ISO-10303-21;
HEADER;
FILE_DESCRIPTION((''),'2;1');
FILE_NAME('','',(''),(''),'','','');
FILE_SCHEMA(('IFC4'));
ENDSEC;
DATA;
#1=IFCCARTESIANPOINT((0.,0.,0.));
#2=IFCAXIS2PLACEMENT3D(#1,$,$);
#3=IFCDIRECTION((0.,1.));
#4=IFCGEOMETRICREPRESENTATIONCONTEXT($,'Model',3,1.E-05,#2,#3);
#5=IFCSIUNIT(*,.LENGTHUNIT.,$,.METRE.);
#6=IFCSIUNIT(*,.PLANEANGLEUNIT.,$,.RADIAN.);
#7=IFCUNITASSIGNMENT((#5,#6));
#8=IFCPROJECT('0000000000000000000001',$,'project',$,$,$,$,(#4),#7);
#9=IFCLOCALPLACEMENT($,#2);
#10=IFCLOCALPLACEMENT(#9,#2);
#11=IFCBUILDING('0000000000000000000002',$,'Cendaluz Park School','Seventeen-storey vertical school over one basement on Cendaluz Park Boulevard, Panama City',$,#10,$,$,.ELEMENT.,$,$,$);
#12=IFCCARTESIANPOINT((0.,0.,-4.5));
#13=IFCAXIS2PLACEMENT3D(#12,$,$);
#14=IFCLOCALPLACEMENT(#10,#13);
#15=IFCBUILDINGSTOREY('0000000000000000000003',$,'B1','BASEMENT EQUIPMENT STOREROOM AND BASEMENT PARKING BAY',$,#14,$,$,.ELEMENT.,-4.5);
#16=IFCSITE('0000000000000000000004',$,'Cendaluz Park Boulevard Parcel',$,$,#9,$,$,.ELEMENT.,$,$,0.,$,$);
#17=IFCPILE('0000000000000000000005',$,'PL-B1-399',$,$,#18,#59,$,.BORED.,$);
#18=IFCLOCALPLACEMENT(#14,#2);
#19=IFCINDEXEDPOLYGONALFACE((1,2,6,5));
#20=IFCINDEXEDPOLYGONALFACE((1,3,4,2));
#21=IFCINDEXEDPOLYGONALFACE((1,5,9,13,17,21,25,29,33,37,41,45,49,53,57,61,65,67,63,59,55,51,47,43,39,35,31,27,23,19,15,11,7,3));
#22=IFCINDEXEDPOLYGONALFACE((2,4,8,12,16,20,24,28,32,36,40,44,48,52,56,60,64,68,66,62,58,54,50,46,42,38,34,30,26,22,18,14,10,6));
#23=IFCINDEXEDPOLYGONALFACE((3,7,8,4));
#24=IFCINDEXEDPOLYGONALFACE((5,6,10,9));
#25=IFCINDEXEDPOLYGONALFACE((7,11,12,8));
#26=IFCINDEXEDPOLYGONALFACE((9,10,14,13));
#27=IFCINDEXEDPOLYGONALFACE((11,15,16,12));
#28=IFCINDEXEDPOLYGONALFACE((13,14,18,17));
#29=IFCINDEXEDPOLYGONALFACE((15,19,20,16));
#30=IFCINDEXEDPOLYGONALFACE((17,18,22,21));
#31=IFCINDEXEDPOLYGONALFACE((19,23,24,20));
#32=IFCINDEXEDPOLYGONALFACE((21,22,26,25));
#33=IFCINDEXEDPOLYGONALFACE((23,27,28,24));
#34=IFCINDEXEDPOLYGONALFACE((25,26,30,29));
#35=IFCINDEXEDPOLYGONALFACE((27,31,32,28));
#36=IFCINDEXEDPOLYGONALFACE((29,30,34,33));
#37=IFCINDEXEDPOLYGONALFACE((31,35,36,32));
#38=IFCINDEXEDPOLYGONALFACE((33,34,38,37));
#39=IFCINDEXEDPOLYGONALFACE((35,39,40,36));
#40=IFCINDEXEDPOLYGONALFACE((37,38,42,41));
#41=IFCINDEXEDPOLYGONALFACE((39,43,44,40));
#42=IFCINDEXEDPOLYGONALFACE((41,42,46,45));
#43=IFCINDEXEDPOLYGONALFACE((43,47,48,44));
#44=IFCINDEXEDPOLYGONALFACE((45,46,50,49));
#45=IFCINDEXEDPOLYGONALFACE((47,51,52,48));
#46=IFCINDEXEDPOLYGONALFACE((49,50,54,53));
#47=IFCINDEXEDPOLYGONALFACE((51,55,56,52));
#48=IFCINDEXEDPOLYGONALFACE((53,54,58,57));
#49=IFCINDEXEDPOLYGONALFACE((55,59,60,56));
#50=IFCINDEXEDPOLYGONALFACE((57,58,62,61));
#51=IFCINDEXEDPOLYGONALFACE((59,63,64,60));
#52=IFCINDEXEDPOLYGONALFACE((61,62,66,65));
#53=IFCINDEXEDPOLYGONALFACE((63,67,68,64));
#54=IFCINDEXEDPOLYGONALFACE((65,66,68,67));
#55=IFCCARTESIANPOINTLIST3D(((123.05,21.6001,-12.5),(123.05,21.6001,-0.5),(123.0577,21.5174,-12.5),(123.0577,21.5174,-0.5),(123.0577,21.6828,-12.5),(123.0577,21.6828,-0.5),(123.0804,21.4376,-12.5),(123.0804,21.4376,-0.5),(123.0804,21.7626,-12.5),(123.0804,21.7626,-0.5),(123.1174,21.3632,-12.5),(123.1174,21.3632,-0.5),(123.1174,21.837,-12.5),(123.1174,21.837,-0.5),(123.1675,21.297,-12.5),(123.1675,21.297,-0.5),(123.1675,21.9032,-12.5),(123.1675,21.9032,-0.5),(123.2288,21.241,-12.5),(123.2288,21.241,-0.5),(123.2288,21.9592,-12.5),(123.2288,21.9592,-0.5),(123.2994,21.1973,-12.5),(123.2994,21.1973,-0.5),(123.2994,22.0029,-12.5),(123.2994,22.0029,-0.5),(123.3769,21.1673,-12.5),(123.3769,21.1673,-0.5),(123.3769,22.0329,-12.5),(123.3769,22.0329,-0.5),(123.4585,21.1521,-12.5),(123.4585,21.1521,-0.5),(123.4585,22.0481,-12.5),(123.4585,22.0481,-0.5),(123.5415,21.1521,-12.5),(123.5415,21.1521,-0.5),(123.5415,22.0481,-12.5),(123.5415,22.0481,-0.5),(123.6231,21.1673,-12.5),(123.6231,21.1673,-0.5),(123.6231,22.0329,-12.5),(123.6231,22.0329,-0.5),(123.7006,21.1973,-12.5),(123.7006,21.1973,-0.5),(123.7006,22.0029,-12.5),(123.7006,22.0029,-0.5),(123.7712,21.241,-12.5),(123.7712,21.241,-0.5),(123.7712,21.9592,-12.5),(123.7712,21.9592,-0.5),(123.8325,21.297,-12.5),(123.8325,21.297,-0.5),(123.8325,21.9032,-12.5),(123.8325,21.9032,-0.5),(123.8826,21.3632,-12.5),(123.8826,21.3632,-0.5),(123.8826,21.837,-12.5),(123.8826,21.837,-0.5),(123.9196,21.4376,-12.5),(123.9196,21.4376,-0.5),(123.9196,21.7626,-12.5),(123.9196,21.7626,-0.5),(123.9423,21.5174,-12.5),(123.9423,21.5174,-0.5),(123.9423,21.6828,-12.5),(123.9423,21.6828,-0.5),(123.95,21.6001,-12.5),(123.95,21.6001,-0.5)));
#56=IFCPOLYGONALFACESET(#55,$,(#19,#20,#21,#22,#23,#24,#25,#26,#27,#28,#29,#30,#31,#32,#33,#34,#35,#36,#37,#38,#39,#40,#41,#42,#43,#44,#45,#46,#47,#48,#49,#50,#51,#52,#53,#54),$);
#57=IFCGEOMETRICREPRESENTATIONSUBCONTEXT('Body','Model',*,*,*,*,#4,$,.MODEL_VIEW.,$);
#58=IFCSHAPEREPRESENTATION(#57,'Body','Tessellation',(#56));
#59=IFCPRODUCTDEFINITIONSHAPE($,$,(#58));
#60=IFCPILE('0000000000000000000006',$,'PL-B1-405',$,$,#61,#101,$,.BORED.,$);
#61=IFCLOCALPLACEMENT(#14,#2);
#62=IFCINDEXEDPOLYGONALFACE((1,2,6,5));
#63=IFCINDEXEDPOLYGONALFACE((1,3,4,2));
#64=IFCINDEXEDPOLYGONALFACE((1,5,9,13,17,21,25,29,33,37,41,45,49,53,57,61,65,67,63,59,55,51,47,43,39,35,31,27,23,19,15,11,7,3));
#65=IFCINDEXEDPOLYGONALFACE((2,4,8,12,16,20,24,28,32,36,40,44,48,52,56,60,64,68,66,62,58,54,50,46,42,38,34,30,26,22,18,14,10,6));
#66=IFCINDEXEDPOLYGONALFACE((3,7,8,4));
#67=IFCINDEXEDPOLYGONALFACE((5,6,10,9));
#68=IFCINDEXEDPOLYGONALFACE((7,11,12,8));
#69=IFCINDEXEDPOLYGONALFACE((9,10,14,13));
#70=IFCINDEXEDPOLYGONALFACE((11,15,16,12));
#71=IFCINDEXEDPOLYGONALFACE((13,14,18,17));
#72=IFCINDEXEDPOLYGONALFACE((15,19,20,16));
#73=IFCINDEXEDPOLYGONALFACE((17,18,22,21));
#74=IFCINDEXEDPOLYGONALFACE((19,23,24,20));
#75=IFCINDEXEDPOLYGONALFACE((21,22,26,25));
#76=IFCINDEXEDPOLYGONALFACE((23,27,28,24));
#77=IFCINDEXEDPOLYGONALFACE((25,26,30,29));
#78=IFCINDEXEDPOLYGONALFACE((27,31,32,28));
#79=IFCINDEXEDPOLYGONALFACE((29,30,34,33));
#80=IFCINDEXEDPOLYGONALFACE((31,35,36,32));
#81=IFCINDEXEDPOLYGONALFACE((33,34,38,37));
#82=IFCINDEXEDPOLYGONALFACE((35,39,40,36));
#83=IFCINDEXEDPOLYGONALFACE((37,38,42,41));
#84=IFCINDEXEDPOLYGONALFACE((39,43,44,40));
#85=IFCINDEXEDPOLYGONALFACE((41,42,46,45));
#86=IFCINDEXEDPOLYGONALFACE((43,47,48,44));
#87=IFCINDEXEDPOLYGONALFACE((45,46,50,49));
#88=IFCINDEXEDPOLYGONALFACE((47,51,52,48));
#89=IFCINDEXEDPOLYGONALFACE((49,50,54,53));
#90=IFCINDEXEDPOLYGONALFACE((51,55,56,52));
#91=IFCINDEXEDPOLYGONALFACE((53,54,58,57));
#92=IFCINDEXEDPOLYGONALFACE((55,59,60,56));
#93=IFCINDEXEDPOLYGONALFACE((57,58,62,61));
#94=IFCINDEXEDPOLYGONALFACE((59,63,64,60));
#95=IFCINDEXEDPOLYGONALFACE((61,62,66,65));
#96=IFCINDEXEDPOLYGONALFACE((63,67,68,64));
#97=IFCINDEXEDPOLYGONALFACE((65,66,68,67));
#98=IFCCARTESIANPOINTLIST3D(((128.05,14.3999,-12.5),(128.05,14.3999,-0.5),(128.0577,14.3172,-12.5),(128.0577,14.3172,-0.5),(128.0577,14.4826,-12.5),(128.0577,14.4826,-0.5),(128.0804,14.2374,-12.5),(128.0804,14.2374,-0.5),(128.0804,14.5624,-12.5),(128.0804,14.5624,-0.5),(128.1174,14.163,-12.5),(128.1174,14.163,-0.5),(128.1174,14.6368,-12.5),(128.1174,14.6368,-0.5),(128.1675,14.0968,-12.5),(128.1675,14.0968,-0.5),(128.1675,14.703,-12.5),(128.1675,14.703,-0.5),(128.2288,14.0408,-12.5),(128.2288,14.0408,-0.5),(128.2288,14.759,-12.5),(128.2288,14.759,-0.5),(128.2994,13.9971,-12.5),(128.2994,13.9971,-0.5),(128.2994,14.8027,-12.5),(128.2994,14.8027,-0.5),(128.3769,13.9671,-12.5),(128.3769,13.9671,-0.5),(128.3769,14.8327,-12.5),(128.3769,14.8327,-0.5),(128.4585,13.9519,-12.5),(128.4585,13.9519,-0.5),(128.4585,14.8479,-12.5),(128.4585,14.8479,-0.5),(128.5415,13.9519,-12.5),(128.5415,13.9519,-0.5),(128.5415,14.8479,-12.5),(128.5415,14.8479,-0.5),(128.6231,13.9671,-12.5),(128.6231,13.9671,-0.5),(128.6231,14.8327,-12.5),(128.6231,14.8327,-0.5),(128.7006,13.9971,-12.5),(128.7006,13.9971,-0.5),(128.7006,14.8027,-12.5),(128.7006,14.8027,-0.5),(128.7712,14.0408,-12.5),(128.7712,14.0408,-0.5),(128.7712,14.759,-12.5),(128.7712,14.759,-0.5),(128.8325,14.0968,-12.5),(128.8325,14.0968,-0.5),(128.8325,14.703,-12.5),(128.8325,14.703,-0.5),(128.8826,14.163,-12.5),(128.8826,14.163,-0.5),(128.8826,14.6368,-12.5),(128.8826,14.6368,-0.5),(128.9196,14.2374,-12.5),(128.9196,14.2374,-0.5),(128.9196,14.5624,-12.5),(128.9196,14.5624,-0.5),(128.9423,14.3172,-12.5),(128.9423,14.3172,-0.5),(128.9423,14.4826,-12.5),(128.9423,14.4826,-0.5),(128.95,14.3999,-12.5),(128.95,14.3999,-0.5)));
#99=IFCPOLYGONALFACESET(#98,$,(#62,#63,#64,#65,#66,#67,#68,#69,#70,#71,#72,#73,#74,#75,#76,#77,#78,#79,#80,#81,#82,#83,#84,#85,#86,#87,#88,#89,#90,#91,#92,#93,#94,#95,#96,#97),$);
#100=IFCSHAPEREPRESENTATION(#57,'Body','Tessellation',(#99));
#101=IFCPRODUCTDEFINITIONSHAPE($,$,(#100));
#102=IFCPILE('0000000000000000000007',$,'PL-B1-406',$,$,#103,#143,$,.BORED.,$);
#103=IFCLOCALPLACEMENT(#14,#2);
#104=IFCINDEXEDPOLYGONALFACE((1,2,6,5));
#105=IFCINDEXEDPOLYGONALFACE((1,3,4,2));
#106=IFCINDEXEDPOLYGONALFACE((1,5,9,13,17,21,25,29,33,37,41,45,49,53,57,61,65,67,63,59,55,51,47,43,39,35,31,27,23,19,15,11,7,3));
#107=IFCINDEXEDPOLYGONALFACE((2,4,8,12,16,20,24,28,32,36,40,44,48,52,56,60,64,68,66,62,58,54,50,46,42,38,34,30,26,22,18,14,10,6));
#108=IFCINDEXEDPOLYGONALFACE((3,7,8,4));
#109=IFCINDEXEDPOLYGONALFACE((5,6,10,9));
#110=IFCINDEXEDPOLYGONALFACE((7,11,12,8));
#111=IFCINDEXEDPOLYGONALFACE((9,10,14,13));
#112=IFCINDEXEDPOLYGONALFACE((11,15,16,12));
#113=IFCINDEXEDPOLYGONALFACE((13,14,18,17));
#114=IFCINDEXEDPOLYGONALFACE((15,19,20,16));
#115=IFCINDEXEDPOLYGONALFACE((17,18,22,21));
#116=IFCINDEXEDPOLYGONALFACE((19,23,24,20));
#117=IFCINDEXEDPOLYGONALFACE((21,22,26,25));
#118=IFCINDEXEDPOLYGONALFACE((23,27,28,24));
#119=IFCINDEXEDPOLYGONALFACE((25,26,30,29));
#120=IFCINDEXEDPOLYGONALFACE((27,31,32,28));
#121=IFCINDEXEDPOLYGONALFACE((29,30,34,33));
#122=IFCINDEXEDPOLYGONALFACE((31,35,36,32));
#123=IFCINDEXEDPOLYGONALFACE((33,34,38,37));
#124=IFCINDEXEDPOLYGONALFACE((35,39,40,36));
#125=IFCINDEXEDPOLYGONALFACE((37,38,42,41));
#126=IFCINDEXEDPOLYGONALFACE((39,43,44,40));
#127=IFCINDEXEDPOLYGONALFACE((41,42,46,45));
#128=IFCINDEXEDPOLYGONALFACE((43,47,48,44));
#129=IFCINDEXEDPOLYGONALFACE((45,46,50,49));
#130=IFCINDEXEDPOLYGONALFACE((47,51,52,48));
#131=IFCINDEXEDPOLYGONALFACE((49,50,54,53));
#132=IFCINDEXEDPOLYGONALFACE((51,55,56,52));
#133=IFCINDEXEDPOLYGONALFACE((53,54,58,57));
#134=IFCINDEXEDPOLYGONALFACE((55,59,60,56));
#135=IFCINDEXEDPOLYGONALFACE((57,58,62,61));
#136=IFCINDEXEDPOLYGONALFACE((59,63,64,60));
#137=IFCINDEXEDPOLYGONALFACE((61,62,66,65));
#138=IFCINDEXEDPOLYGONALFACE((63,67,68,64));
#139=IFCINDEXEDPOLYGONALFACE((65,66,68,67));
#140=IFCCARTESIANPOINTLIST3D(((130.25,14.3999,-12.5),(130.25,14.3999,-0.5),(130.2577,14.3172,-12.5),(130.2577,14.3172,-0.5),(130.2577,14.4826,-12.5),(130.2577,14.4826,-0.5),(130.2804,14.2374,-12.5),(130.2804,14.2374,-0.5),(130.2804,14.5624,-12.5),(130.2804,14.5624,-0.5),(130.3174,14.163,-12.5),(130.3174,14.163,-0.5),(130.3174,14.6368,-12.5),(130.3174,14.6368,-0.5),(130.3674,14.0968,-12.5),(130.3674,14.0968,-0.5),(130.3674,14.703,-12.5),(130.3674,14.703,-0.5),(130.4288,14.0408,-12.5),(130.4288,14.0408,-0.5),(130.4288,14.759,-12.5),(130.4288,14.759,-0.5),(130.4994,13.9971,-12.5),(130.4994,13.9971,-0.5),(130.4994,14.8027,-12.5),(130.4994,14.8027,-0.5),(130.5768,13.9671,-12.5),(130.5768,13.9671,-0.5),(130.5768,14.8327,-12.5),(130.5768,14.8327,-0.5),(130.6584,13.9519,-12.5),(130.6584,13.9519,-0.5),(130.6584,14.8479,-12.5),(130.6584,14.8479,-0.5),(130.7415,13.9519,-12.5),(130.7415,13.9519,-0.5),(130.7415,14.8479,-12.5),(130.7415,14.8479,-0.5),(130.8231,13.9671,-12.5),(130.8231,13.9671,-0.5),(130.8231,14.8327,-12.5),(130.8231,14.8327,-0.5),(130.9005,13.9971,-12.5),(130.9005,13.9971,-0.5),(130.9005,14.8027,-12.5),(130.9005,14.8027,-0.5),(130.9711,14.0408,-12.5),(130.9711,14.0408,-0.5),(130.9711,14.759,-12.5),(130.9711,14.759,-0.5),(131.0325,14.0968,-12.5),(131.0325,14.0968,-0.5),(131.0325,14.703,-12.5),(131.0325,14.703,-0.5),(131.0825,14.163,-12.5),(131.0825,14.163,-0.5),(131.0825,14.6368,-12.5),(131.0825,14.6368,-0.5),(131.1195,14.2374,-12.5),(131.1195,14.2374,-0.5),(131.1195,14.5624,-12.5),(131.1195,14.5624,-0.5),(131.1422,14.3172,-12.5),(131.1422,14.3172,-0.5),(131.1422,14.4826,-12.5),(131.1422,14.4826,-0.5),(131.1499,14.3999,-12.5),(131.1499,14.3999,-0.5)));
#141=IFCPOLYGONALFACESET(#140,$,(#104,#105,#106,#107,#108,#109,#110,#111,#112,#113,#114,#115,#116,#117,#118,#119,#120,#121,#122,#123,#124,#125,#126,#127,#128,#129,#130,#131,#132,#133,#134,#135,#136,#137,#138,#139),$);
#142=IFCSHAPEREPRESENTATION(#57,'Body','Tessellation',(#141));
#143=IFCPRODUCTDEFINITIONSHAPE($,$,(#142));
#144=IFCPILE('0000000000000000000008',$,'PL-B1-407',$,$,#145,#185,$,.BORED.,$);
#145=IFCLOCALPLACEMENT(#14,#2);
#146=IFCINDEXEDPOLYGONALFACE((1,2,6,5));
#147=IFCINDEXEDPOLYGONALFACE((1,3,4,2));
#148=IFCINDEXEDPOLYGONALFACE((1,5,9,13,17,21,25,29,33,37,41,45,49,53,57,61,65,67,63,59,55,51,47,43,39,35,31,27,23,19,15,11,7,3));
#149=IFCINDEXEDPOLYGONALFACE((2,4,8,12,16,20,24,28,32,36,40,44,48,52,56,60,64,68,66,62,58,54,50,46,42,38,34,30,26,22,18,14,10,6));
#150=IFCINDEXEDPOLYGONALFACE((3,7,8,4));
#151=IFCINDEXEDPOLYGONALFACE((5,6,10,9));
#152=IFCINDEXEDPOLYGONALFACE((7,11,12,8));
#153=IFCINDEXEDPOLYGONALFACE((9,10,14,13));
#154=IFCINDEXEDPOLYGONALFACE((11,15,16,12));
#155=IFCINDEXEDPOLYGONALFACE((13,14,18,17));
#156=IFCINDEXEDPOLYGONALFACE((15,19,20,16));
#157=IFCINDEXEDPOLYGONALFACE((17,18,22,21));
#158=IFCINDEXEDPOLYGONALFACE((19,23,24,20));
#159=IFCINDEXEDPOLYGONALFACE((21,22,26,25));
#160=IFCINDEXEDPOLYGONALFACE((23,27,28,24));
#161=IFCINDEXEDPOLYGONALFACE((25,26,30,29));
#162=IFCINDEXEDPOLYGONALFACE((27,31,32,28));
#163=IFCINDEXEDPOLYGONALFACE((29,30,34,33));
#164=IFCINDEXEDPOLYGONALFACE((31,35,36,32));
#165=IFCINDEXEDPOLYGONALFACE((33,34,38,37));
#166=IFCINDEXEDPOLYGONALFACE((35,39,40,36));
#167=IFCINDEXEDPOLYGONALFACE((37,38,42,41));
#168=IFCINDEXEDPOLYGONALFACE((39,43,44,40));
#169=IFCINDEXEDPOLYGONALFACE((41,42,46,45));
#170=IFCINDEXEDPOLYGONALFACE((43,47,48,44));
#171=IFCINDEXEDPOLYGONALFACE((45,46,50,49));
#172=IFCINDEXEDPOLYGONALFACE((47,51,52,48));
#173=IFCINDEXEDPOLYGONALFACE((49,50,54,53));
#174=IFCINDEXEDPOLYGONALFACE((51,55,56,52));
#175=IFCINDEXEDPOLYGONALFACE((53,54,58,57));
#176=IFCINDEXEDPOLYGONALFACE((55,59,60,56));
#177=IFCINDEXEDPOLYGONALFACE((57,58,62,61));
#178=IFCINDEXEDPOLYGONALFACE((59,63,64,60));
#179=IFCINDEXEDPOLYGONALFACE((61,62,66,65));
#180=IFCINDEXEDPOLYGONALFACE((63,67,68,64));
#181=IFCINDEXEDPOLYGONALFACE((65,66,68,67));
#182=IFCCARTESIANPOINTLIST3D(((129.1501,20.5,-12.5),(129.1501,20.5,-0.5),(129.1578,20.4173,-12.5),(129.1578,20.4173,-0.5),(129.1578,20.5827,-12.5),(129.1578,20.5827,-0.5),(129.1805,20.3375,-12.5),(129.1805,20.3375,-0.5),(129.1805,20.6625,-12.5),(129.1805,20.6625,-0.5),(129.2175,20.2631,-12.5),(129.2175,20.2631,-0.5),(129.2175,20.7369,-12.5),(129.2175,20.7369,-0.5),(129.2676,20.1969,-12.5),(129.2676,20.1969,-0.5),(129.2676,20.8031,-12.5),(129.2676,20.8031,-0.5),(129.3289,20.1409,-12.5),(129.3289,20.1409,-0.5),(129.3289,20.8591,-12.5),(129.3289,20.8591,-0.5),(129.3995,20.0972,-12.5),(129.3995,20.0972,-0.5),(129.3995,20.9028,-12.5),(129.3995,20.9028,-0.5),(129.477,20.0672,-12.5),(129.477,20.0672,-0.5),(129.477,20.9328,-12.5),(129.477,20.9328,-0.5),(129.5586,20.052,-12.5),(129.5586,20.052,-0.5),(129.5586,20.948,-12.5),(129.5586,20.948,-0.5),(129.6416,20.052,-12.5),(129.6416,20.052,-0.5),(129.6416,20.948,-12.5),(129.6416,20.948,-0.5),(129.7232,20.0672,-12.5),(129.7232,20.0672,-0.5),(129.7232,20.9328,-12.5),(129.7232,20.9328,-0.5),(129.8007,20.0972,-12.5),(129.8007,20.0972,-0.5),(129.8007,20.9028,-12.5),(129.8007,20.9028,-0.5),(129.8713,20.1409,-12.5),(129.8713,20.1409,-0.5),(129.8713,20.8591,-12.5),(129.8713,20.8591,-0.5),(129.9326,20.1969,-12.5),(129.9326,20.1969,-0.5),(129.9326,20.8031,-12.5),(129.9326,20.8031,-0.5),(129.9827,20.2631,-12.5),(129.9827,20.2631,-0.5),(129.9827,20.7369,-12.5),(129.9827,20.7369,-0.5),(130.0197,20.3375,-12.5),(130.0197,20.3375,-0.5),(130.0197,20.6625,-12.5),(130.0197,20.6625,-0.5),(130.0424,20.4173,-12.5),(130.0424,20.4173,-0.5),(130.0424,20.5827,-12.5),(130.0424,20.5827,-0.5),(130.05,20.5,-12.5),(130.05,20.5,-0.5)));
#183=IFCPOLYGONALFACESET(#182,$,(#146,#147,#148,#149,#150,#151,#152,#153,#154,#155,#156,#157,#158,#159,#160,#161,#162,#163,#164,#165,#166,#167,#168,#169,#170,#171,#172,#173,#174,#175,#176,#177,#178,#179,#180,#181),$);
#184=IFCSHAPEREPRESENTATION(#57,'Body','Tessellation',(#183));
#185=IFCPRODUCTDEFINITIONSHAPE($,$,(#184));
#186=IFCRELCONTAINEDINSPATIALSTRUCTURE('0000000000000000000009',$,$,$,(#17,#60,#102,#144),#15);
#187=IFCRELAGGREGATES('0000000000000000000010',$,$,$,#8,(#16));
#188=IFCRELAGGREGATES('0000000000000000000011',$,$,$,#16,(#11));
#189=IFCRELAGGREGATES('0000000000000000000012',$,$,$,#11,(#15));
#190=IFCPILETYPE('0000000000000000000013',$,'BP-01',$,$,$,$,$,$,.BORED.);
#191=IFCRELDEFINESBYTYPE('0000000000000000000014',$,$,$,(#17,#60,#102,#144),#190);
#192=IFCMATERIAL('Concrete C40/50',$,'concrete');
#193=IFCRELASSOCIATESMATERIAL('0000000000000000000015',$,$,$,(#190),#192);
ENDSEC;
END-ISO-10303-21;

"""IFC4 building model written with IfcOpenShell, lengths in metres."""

from ifc_helpers import new_model, si_unit, direction, frame, origin, origin_2d, place, context, subcontext, project, spatial, circle, extrude, material, material_profile, profile_set, type_object, element, save


model = new_model("IFC4")

# Units and contexts
model_context = context("Model", 3, precision=1e-05, world=origin(), true_north=direction((0.0, 1.0)))
body_context = subcontext(model_context, "Body", "Model", "MODEL_VIEW")
ifc_project = project(units=[si_unit("LENGTHUNIT", "METRE"), si_unit("PLANEANGLEUNIT", "RADIAN")], contexts=[model_context])

# Site, building, storey
site_placement = place(None, origin())
site = spatial("IfcSite", under=ifc_project, at=site_placement, Name="Cendaluz Park Boulevard Parcel", CompositionType="ELEMENT", RefElevation=0.0)
building_placement = place(site_placement, origin())
building = spatial("IfcBuilding", under=site, at=building_placement, Name="Cendaluz Park School", Description="Seventeen-storey vertical school over one basement on Cendaluz Park Boulevard, Panama City", CompositionType="ELEMENT")
storey_placement = place(building_placement, frame((0.0, 0.0, -4.5)))
storey = spatial("IfcBuildingStorey", under=building, at=storey_placement, Name="B1", Description="BASEMENT EQUIPMENT STOREROOM AND BASEMENT PARKING BAY", CompositionType="ELEMENT", Elevation=-4.5)

# Piles
ifc_material_1 = material(Name="Concrete C40/50", Category="concrete")
ifc_material_profile_1 = material_profile(ifc_material_1, circle(Radius=0.45, at=origin_2d()), Name="BP D900", Category="concrete")
ifc_profile_set_1 = profile_set([ifc_material_profile_1], Name="Concrete C40/50")
pile_type_1 = type_object("IfcPileType", Name="BP-01", PredefinedType="BORED", material=ifc_profile_set_1)
for number, where, z_axis, x_axis, name in (
    (1, (123.5, 21.6001, -0.5), (0.0, 0.0, -1.0), (1.0, 0.0, 0.0), "PL-B1-399"),
    (2, (128.5, 14.3999, -0.5), (0.0, 0.0, -1.0), (1.0, 0.0, 0.0), "PL-B1-405"),
    (3, (130.7, 14.3999, -0.5), (0.0, 0.0, -1.0), (1.0, 0.0, 0.0), "PL-B1-406"),
    (4, (129.6001, 20.5, -0.5), (0.0, 0.0, -1.0), (1.0, 0.0, 0.0), "PL-B1-407"),
):
    element("IfcPile", number, at=place(storey_placement, frame(where, z_axis=z_axis, x_axis=x_axis)), inside=storey, type_object=pile_type_1, Name=name, PredefinedType="BORED", context=body_context, shape_type="SweptSolid", body=[
        extrude(circle(Radius=0.45, at=origin_2d()), origin(), (0.0, 0.0, 1.0), 12.0),
    ])

save(model, "model.ifc")
